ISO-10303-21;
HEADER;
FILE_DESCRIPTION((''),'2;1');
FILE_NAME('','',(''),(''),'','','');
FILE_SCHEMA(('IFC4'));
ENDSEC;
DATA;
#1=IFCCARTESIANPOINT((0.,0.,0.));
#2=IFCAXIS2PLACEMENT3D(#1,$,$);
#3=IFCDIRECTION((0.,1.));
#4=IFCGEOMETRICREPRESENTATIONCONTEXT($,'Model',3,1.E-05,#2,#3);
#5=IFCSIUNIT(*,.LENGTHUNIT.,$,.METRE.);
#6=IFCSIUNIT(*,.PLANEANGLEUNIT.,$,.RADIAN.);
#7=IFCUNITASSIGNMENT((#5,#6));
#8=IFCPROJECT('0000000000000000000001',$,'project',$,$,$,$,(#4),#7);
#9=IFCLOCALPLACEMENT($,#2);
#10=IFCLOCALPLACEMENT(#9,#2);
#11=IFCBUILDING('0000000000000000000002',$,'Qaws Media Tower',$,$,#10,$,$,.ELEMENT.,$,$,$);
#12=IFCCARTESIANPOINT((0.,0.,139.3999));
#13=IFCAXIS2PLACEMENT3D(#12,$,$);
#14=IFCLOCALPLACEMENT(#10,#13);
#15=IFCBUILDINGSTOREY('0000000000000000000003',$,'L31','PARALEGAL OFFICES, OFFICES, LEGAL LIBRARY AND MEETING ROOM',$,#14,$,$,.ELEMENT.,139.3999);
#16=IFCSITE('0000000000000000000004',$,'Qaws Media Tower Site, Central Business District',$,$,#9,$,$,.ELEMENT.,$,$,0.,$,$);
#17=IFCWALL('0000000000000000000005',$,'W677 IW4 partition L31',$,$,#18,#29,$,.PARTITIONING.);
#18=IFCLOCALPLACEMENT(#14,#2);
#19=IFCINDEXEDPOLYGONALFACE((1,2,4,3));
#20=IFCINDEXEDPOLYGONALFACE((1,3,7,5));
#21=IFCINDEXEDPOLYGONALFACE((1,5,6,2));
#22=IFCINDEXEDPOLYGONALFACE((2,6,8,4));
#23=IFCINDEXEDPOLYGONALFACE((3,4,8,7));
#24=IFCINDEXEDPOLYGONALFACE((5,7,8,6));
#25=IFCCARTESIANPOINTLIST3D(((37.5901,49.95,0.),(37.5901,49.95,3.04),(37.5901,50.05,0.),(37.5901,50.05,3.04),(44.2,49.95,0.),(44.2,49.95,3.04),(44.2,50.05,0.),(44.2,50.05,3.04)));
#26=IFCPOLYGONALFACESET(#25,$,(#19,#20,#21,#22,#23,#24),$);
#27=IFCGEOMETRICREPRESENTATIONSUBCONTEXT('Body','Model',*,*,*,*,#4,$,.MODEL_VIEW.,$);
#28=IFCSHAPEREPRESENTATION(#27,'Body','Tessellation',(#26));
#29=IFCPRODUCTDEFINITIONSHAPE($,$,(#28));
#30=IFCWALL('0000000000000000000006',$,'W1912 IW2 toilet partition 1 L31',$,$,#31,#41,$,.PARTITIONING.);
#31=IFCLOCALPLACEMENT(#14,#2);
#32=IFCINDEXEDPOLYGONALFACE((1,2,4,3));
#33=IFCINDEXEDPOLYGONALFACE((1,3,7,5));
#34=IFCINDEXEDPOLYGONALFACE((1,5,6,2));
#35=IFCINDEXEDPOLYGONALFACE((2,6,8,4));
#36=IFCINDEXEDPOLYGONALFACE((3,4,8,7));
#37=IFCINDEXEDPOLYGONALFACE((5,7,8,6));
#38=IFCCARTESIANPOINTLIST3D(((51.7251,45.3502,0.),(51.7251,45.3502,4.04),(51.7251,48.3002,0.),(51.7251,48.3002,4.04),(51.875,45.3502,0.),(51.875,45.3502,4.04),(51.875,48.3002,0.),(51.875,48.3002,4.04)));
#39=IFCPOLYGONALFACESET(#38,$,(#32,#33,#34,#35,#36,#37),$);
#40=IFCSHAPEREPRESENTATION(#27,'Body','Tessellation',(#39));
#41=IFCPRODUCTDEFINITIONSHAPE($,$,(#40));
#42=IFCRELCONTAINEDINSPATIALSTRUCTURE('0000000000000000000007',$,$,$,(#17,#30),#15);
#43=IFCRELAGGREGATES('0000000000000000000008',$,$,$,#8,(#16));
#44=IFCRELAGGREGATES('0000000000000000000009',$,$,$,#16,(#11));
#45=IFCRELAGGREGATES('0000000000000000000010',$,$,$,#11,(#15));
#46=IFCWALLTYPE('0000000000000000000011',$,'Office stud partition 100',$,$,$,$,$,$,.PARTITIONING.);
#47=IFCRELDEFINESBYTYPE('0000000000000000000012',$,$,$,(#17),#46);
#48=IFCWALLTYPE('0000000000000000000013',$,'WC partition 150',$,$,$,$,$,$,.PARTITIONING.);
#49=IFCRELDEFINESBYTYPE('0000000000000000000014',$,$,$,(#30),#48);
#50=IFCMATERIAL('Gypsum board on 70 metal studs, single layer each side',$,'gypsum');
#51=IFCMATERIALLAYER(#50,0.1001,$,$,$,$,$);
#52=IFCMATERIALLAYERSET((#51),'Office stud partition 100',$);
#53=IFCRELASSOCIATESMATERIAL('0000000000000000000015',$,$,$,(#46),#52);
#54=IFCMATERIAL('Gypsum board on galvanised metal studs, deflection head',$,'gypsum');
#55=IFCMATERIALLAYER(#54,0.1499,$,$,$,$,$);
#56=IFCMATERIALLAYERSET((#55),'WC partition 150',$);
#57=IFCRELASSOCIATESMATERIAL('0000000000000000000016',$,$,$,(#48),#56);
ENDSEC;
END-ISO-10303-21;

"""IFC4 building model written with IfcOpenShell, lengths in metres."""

from ifc_helpers import new_model, si_unit, direction, frame, frame_2d, origin, place, context, subcontext, project, spatial, rectangle, extrude, material, layer, layer_set, type_object, element, save


model = new_model("IFC4")

# Units and contexts
model_context = context("Model", 3, precision=1e-05, world=origin(), true_north=direction((0.0, 1.0)))
body_context = subcontext(model_context, "Body", "Model", "MODEL_VIEW")
ifc_project = project(units=[si_unit("LENGTHUNIT", "METRE"), si_unit("PLANEANGLEUNIT", "RADIAN")], contexts=[model_context])

# Site, building, storey
site_placement = place(None, origin())
site = spatial("IfcSite", under=ifc_project, at=site_placement, Name="Qaws Media Tower Site, Central Business District", CompositionType="ELEMENT", RefElevation=0.0)
building_placement = place(site_placement, origin())
building = spatial("IfcBuilding", under=site, at=building_placement, Name="Qaws Media Tower", CompositionType="ELEMENT")
storey_placement = place(building_placement, frame((0.0, 0.0, 139.3999)))
storey = spatial("IfcBuildingStorey", under=building, at=storey_placement, Name="L31", Description="PARALEGAL OFFICES, OFFICES, LEGAL LIBRARY AND MEETING ROOM", CompositionType="ELEMENT", Elevation=139.3999)

# Wall
ifc_material_1 = material(Name="Gypsum board on 70 metal studs, single layer each side", Category="gypsum")
ifc_layer_1 = layer(ifc_material_1, 0.1001)
ifc_layer_set_1 = layer_set([ifc_layer_1], Name="Office stud partition 100")
wall_type_1 = type_object("IfcWallType", Name="Office stud partition 100", PredefinedType="PARTITIONING", material=ifc_layer_set_1)
wall_1_placement = place(storey_placement, frame((44.2, 50.0, 0.0), z_axis=(0.0, 0.0, 1.0), x_axis=(-1.0, 0.0, 0.0)))
element("IfcWall", 1, at=wall_1_placement, inside=storey, type_object=wall_type_1, Name="W677 IW4 partition L31", PredefinedType="PARTITIONING", context=body_context, shape_type="SweptSolid", body=[
    extrude(rectangle(XDim=6.6099, YDim=0.1001, at=frame_2d((3.3049, 0.0))), origin(), (0.0, 0.0, 1.0), 3.04),
])

# Wall
ifc_material_2 = material(Name="Gypsum board on galvanised metal studs, deflection head", Category="gypsum")
ifc_layer_2 = layer(ifc_material_2, 0.1499)
ifc_layer_set_2 = layer_set([ifc_layer_2], Name="WC partition 150")
wall_type_2 = type_object("IfcWallType", Name="WC partition 150", PredefinedType="PARTITIONING", material=ifc_layer_set_2)
wall_2_placement = place(storey_placement, frame((51.8, 45.3501, 0.0), z_axis=(0.0, 0.0, 1.0), x_axis=(0.0, 1.0, 0.0)))
element("IfcWall", 2, at=wall_2_placement, inside=storey, type_object=wall_type_2, Name="W1912 IW2 toilet partition 1 L31", PredefinedType="PARTITIONING", context=body_context, shape_type="SweptSolid", body=[
    extrude(rectangle(XDim=2.95, YDim=0.1499, at=frame_2d((1.4751, 0.0))), origin(), (0.0, 0.0, 1.0), 4.04),
])

save(model, "model.ifc")
